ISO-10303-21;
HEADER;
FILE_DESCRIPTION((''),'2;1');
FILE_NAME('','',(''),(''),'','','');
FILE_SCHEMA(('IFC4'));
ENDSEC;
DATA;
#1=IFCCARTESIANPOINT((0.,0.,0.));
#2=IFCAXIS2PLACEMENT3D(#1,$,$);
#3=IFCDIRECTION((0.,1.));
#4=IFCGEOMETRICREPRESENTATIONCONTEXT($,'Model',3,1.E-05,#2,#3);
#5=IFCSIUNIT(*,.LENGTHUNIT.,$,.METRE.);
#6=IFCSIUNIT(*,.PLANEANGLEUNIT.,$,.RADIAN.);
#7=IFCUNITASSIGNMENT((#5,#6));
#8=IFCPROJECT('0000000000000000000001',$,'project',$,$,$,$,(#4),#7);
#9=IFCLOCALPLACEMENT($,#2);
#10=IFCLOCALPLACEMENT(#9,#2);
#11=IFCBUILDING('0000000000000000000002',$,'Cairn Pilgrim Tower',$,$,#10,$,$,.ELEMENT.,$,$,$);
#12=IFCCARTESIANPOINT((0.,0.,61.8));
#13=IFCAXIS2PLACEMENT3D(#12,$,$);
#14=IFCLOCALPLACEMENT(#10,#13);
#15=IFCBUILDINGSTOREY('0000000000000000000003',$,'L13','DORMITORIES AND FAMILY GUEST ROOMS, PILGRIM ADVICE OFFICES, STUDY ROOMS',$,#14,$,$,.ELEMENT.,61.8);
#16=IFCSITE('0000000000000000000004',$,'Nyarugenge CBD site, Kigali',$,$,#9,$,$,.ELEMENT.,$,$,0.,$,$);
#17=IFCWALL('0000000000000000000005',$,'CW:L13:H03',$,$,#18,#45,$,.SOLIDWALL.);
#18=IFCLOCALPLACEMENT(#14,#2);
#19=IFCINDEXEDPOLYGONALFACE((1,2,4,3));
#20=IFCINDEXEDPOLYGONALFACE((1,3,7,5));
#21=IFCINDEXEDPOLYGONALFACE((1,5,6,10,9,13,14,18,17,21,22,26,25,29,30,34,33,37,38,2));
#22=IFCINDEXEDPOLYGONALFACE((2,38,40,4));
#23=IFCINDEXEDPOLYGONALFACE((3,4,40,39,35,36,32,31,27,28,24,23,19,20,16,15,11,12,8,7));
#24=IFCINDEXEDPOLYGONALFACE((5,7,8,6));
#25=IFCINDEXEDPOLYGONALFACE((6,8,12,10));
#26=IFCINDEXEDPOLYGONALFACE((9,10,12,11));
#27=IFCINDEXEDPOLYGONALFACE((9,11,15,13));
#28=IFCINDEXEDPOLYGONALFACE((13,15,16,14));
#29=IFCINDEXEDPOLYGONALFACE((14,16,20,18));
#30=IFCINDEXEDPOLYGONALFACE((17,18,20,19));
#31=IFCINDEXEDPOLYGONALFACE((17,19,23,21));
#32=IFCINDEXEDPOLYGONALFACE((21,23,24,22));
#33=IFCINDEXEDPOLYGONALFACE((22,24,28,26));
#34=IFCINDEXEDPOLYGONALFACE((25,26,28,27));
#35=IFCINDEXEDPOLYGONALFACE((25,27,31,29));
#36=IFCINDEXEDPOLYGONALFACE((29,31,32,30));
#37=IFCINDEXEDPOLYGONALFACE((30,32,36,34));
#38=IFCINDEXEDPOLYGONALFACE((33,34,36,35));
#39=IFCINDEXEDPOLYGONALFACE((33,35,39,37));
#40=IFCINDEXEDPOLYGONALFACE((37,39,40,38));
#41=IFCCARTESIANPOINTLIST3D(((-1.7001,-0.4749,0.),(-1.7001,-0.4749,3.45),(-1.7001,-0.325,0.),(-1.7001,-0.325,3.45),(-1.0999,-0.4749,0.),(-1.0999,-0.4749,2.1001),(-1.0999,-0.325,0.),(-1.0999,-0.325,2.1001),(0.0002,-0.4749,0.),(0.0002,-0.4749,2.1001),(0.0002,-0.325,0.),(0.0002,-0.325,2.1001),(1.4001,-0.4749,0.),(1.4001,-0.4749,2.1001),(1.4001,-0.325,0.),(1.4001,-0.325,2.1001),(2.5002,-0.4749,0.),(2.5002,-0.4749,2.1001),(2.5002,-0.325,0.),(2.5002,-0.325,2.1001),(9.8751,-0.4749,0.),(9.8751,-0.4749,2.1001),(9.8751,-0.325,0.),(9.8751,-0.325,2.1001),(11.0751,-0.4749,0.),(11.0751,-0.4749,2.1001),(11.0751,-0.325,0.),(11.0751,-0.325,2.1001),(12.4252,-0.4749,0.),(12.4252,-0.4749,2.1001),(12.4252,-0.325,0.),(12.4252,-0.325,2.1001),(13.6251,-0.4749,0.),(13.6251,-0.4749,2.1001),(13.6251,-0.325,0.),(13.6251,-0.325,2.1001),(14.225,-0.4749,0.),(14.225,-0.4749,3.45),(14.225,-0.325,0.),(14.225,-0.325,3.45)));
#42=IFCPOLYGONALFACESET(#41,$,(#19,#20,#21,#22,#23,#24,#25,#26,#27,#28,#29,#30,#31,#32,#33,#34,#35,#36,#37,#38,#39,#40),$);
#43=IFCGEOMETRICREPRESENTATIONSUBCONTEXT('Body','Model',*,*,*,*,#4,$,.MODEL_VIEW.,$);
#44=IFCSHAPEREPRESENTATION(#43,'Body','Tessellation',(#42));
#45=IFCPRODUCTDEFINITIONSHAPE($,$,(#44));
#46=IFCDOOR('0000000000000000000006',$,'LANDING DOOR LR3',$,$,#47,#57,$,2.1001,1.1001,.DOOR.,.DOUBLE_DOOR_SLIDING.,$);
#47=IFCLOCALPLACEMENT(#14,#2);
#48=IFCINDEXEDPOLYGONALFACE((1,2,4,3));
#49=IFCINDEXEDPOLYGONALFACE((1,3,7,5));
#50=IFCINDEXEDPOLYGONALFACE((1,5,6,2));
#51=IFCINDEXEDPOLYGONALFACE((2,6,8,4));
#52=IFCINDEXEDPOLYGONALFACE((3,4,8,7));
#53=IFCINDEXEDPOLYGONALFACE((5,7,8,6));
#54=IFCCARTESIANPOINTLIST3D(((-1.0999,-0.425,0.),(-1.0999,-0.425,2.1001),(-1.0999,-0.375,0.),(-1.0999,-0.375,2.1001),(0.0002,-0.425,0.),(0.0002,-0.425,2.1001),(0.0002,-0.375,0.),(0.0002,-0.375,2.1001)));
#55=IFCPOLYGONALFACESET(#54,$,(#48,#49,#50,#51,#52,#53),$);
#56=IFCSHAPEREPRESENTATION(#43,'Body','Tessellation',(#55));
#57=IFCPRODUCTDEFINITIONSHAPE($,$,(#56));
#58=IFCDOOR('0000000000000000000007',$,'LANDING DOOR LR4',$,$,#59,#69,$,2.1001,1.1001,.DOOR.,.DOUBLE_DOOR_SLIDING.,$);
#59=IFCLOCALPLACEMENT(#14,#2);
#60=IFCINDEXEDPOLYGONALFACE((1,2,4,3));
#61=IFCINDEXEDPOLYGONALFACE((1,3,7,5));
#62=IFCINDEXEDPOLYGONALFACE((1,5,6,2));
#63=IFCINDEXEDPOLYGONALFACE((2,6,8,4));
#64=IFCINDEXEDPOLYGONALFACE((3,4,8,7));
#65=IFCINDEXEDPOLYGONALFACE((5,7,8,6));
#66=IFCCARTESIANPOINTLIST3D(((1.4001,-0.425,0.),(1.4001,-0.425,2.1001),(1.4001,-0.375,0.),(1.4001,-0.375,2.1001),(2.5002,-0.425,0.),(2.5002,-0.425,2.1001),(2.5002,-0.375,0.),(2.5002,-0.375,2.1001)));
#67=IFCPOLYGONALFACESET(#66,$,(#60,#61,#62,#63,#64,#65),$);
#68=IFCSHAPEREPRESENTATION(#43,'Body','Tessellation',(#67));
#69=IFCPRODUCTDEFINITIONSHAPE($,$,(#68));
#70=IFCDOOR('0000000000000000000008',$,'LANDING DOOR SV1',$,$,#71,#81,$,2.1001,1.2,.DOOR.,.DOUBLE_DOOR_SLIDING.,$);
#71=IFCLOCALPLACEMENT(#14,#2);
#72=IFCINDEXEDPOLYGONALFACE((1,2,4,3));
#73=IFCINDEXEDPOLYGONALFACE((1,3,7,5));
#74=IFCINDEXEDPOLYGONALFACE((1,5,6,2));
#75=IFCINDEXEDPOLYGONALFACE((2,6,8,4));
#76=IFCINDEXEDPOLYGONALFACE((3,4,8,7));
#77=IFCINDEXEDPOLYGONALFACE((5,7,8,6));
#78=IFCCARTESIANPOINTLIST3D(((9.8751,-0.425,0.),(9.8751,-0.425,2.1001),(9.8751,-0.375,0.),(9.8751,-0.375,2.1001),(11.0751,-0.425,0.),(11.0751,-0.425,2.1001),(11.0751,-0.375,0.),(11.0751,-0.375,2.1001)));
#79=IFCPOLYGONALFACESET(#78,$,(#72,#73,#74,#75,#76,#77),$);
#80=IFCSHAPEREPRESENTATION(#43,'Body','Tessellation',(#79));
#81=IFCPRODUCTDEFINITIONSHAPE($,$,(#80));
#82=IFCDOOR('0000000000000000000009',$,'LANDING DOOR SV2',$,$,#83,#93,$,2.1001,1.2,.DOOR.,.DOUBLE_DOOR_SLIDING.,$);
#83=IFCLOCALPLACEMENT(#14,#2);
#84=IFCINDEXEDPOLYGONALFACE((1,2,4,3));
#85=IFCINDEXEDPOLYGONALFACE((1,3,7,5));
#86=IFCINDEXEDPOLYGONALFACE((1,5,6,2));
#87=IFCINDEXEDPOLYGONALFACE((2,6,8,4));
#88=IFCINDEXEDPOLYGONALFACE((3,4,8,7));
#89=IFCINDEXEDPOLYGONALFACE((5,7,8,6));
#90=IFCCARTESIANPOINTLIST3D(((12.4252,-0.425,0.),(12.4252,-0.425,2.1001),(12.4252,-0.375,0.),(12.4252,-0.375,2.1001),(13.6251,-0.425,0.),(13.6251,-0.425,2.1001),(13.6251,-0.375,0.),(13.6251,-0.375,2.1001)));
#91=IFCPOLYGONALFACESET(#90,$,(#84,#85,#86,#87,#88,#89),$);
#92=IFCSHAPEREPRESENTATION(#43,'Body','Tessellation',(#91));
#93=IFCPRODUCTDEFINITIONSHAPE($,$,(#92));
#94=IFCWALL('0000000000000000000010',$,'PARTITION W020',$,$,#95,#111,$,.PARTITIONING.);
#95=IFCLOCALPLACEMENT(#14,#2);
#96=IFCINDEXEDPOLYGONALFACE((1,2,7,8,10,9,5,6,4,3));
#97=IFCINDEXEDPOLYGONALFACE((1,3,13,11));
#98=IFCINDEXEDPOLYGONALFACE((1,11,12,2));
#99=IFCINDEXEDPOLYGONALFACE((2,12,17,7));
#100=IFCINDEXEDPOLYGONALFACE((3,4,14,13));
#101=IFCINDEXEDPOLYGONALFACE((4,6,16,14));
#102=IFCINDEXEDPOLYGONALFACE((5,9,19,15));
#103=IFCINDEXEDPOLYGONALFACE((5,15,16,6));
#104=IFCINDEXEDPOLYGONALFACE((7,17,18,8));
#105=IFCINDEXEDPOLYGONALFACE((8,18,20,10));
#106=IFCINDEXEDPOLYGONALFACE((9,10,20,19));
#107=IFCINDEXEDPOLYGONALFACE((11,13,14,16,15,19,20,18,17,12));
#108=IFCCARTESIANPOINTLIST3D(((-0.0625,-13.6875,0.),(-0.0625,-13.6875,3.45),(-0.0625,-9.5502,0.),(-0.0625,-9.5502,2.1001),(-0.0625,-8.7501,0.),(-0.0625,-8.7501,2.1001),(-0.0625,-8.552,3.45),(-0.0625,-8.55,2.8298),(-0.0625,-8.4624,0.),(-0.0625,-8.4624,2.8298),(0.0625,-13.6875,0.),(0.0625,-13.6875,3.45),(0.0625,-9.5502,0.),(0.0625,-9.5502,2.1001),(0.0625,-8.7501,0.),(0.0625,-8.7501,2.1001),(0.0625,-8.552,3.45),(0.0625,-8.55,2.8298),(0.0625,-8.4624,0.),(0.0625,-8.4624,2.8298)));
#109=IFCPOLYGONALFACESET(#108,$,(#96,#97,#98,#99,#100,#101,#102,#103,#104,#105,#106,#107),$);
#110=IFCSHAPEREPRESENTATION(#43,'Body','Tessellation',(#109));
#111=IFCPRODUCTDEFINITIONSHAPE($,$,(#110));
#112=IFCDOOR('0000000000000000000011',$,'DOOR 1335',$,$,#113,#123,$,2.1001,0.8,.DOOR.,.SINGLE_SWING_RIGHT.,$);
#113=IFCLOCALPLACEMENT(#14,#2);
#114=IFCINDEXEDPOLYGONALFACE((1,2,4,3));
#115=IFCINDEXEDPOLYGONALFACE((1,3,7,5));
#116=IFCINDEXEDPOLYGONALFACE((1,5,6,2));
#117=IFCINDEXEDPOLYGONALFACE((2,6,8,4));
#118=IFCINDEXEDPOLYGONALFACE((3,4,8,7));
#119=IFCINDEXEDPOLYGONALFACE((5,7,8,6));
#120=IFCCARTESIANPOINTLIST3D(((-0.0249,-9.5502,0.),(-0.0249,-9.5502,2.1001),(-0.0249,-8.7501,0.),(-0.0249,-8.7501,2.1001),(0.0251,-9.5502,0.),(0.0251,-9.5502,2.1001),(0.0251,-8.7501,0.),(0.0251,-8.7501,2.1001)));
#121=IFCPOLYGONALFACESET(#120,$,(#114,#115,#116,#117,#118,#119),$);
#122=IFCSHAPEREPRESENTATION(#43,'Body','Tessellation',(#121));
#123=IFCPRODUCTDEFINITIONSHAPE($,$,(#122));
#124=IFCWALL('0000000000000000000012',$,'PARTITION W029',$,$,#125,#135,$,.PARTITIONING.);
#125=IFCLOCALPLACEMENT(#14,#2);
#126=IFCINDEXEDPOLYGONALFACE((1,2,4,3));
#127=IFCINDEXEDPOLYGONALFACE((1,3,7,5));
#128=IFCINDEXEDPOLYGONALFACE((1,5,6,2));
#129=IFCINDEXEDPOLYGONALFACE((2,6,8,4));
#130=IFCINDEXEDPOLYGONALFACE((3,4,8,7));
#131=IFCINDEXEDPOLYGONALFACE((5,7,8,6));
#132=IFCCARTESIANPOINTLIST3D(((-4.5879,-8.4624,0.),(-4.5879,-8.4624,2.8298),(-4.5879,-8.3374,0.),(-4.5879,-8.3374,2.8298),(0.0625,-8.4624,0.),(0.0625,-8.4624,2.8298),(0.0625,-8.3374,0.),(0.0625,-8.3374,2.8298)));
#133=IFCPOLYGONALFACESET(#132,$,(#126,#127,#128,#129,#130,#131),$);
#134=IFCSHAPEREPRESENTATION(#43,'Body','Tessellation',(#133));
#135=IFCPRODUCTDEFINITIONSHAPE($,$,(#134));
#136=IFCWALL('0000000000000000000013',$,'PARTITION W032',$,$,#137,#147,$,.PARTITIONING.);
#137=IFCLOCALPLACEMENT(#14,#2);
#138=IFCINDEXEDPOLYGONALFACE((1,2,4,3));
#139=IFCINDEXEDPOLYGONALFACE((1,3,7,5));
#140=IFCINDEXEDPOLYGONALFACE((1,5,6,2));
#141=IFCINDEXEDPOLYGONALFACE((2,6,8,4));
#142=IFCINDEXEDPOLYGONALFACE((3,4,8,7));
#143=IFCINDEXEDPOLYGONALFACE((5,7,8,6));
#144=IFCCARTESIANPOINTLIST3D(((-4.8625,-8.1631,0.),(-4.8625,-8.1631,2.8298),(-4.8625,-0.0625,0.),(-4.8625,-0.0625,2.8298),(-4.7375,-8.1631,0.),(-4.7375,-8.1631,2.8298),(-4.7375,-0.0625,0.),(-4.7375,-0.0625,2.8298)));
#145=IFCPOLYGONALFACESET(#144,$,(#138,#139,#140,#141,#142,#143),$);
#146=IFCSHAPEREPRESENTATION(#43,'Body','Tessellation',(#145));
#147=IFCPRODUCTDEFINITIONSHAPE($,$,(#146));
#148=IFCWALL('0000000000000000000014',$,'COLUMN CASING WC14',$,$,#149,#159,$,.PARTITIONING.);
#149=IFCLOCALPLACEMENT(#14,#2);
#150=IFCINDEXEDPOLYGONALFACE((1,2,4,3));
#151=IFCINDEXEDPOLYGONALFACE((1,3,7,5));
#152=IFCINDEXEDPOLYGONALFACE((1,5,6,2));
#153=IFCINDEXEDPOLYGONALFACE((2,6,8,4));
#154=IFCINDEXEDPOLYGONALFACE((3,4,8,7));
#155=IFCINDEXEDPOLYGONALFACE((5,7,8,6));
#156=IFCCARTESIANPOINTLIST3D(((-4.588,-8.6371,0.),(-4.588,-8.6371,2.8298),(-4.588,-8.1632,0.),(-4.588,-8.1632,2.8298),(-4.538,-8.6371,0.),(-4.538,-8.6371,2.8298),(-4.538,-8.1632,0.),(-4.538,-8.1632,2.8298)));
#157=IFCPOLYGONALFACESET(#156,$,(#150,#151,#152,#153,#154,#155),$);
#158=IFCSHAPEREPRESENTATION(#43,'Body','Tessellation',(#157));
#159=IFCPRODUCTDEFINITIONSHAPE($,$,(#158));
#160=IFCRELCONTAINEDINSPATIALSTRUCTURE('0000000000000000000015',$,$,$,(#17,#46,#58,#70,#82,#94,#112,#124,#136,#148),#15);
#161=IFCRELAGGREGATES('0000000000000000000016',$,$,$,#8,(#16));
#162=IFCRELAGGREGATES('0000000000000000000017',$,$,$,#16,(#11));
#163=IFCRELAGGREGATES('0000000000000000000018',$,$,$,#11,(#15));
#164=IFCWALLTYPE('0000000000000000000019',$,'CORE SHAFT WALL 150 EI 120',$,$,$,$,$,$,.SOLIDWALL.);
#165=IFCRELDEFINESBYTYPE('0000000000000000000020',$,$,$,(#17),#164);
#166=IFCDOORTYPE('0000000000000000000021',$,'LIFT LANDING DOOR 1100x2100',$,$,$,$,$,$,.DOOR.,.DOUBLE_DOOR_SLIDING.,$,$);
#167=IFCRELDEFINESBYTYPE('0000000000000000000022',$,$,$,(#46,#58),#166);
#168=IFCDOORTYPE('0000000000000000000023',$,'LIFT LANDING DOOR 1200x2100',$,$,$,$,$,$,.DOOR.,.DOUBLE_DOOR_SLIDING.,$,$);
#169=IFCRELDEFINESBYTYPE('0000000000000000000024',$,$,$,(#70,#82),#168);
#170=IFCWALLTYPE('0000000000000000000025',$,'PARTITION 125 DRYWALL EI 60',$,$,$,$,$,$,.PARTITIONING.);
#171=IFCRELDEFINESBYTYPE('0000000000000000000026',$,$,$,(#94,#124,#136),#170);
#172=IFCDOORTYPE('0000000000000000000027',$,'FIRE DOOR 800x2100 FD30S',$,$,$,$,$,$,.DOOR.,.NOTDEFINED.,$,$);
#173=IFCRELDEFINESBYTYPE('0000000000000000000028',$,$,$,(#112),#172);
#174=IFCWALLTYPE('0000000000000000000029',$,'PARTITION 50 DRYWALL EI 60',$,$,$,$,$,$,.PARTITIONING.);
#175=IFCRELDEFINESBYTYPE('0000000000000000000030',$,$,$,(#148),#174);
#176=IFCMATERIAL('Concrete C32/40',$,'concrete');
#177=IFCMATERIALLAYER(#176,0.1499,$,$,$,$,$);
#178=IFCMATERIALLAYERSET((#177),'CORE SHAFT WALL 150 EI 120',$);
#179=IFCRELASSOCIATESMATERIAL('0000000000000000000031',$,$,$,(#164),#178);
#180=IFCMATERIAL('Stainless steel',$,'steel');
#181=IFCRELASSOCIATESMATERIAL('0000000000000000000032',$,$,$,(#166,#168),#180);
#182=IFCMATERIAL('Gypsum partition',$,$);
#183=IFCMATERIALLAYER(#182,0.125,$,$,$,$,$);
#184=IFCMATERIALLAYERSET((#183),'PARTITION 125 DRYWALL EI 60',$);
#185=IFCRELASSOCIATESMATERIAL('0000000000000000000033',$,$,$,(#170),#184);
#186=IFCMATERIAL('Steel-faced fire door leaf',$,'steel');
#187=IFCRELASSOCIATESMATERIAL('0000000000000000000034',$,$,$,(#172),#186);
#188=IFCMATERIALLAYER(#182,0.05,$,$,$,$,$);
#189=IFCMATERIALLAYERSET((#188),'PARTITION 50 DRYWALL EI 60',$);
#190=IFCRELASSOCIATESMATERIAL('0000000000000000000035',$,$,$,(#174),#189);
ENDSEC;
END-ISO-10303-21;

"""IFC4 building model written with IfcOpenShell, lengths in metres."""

from ifc_helpers import new_model, si_unit, direction, frame, frame_2d, origin, place, context, subcontext, project, spatial, polyline, rectangle, outline, extrude, material, layer, layer_set, type_object, element, fill, save


model = new_model("IFC4")

# Units and contexts
model_context = context("Model", 3, precision=1e-05, world=origin(), true_north=direction((0.0, 1.0)))
body_context = subcontext(model_context, "Body", "Model", "MODEL_VIEW")
ifc_project = project(units=[si_unit("LENGTHUNIT", "METRE"), si_unit("PLANEANGLEUNIT", "RADIAN")], contexts=[model_context])

# Site, building, storey
site_placement = place(None, origin())
site = spatial("IfcSite", under=ifc_project, at=site_placement, Name="Nyarugenge CBD site, Kigali", CompositionType="ELEMENT", RefElevation=0.0)
building_placement = place(site_placement, origin())
building = spatial("IfcBuilding", under=site, at=building_placement, Name="Cairn Pilgrim Tower", CompositionType="ELEMENT")
storey_placement = place(building_placement, frame((0.0, 0.0, 61.8)))
storey = spatial("IfcBuildingStorey", under=building, at=storey_placement, Name="L13", Description="DORMITORIES AND FAMILY GUEST ROOMS, PILGRIM ADVICE OFFICES, STUDY ROOMS", CompositionType="ELEMENT", Elevation=61.8)

# Shared definitions
ifc_material_1 = material(Name="Concrete C32/40", Category="concrete")

# Wall, openings, doors
ifc_layer_1 = layer(ifc_material_1, 0.1499)
ifc_layer_set_1 = layer_set([ifc_layer_1], Name="CORE SHAFT WALL 150 EI 120")
wall_type_1 = type_object("IfcWallType", Name="CORE SHAFT WALL 150 EI 120", PredefinedType="SOLIDWALL", material=ifc_layer_set_1)
ifc_material_2 = material(Name="Stainless steel", Category="steel")
door_type_1 = type_object("IfcDoorType", Name="LIFT LANDING DOOR 1100x2100", OperationType="DOUBLE_DOOR_SLIDING", PredefinedType="DOOR", material=ifc_material_2)
wall_1_placement = place(storey_placement, frame((-1.7, -0.3999, 0.0), z_axis=(0.0, 0.0, 1.0), x_axis=(1.0, 0.0, 0.0)))
wall_1 = element("IfcWall", 1, at=wall_1_placement, inside=storey, type_object=wall_type_1, Name="CW:L13:H03", PredefinedType="SOLIDWALL", context=body_context, shape_type="SweptSolid", body=[
    extrude(rectangle(XDim=15.925, YDim=0.1499, at=frame_2d((7.9624, 0.0))), origin(), (0.0, 0.0, 1.0), 3.45),
])
opening_1_placement = place(wall_1_placement, frame((0.6001, 0.0, 0.0)))
opening_1 = element("IfcOpeningElement", 2, at=opening_1_placement, cuts=wall_1, PredefinedType="OPENING", context=body_context, shape_type="SweptSolid", body=[
    extrude(rectangle(XDim=1.1001, YDim=2.1001, at=frame_2d((0.55, 1.05))), frame((0.0, 0.085, 0.0), z_axis=(0.0, -1.0, 0.0), x_axis=(1.0, 0.0, 0.0)), (0.0, 0.0, 1.0), 0.1699),
])
opening_2_placement = place(wall_1_placement, frame((3.1001, 0.0, 0.0)))
opening_2 = element("IfcOpeningElement", 3, at=opening_2_placement, cuts=wall_1, PredefinedType="OPENING", context=body_context, shape_type="SweptSolid", body=[
    extrude(rectangle(XDim=1.1001, YDim=2.1001, at=frame_2d((0.55, 1.05))), frame((0.0, 0.085, 0.0), z_axis=(0.0, -1.0, 0.0), x_axis=(1.0, 0.0, 0.0)), (0.0, 0.0, 1.0), 0.1699),
])
opening_3_placement = place(wall_1_placement, frame((11.575, 0.0, 0.0)))
opening_3 = element("IfcOpeningElement", 4, at=opening_3_placement, cuts=wall_1, PredefinedType="OPENING", context=body_context, shape_type="SweptSolid", body=[
    extrude(rectangle(XDim=1.2, YDim=2.1001, at=frame_2d((0.6001, 1.05))), frame((0.0, 0.085, 0.0), z_axis=(0.0, -1.0, 0.0), x_axis=(1.0, 0.0, 0.0)), (0.0, 0.0, 1.0), 0.1699),
])
opening_4_placement = place(wall_1_placement, frame((14.125, 0.0, 0.0)))
opening_4 = element("IfcOpeningElement", 5, at=opening_4_placement, cuts=wall_1, PredefinedType="OPENING", context=body_context, shape_type="SweptSolid", body=[
    extrude(rectangle(XDim=1.2, YDim=2.1001, at=frame_2d((0.6001, 1.05))), frame((0.0, 0.085, 0.0), z_axis=(0.0, -1.0, 0.0), x_axis=(1.0, 0.0, 0.0)), (0.0, 0.0, 1.0), 0.1699),
])
door_1_placement = place(opening_1_placement, origin())
door_1 = element("IfcDoor", 6, at=door_1_placement, inside=storey, type_object=door_type_1, Name="LANDING DOOR LR3", OperationType="DOUBLE_DOOR_SLIDING", OverallHeight=2.1001, OverallWidth=1.1001, PredefinedType="DOOR", context=body_context, shape_type="SweptSolid", body=[
    extrude(rectangle(XDim=1.1001, YDim=2.1001, at=frame_2d((0.55, 1.05))), frame((0.0, 0.0249, 0.0), z_axis=(0.0, -1.0, 0.0), x_axis=(1.0, 0.0, 0.0)), (0.0, 0.0, 1.0), 0.05),
])
fill(opening_1, door_1)
door_2_placement = place(opening_2_placement, origin())
door_2 = element("IfcDoor", 7, at=door_2_placement, inside=storey, type_object=door_type_1, Name="LANDING DOOR LR4", OperationType="DOUBLE_DOOR_SLIDING", OverallHeight=2.1001, OverallWidth=1.1001, PredefinedType="DOOR", context=body_context, shape_type="SweptSolid", body=[
    extrude(rectangle(XDim=1.1001, YDim=2.1001, at=frame_2d((0.55, 1.05))), frame((0.0, 0.0249, 0.0), z_axis=(0.0, -1.0, 0.0), x_axis=(1.0, 0.0, 0.0)), (0.0, 0.0, 1.0), 0.05),
])
fill(opening_2, door_2)
door_type_2 = type_object("IfcDoorType", Name="LIFT LANDING DOOR 1200x2100", OperationType="DOUBLE_DOOR_SLIDING", PredefinedType="DOOR", material=ifc_material_2)
door_3_placement = place(opening_3_placement, origin())
door_3 = element("IfcDoor", 8, at=door_3_placement, inside=storey, type_object=door_type_2, Name="LANDING DOOR SV1", OperationType="DOUBLE_DOOR_SLIDING", OverallHeight=2.1001, OverallWidth=1.2, PredefinedType="DOOR", context=body_context, shape_type="SweptSolid", body=[
    extrude(rectangle(XDim=1.2, YDim=2.1001, at=frame_2d((0.6001, 1.05))), frame((0.0, 0.0249, 0.0), z_axis=(0.0, -1.0, 0.0), x_axis=(1.0, 0.0, 0.0)), (0.0, 0.0, 1.0), 0.05),
])
fill(opening_3, door_3)
door_4_placement = place(opening_4_placement, origin())
door_4 = element("IfcDoor", 9, at=door_4_placement, inside=storey, type_object=door_type_2, Name="LANDING DOOR SV2", OperationType="DOUBLE_DOOR_SLIDING", OverallHeight=2.1001, OverallWidth=1.2, PredefinedType="DOOR", context=body_context, shape_type="SweptSolid", body=[
    extrude(rectangle(XDim=1.2, YDim=2.1001, at=frame_2d((0.6001, 1.05))), frame((0.0, 0.0249, 0.0), z_axis=(0.0, -1.0, 0.0), x_axis=(1.0, 0.0, 0.0)), (0.0, 0.0, 1.0), 0.05),
])
fill(opening_4, door_4)

# Wall, opening, door
ifc_material_3 = material(Name="Gypsum partition")
ifc_layer_2 = layer(ifc_material_3, 0.125)
ifc_layer_set_2 = layer_set([ifc_layer_2], Name="PARTITION 125 DRYWALL EI 60")
wall_type_2 = type_object("IfcWallType", Name="PARTITION 125 DRYWALL EI 60", PredefinedType="PARTITIONING", material=ifc_layer_set_2)
wall_2_placement = place(storey_placement, frame((0.0, -13.6875, 0.0), z_axis=(0.0, 0.0, 1.0), x_axis=(0.0, 1.0, 0.0)))
wall_2 = element("IfcWall", 10, at=wall_2_placement, inside=storey, type_object=wall_type_2, Name="PARTITION W020", PredefinedType="PARTITIONING", context=body_context, shape_type="SweptSolid", body=[
    extrude(outline(polyline([(0.0, 0.0), (5.2251, 0.0), (5.2251, 2.8298), (5.1375, 2.8298), (5.1355, 3.45), (0.0, 3.45), (0.0, 0.0)])), frame((0.0, 0.0625, 0.0), z_axis=(0.0, -1.0, 0.0), x_axis=(1.0, 0.0, 0.0)), (0.0, 0.0, 1.0), 0.125),
])
opening_5_placement = place(wall_2_placement, frame((4.1375, 0.0, 0.0)))
opening_5 = element("IfcOpeningElement", 11, at=opening_5_placement, cuts=wall_2, PredefinedType="OPENING", context=body_context, shape_type="SweptSolid", body=[
    extrude(rectangle(XDim=0.8, YDim=2.1001, at=frame_2d((0.3999, 1.05))), frame((0.0, 0.0725, 0.0), z_axis=(0.0, -1.0, 0.0), x_axis=(1.0, 0.0, 0.0)), (0.0, 0.0, 1.0), 0.145),
])
ifc_material_4 = material(Name="Steel-faced fire door leaf", Category="steel")
door_type_3 = type_object("IfcDoorType", Name="FIRE DOOR 800x2100 FD30S", OperationType="NOTDEFINED", PredefinedType="DOOR", material=ifc_material_4)
door_5_placement = place(opening_5_placement, origin())
door_5 = element("IfcDoor", 12, at=door_5_placement, inside=storey, type_object=door_type_3, Name="DOOR 1335", OperationType="SINGLE_SWING_RIGHT", OverallHeight=2.1001, OverallWidth=0.8, PredefinedType="DOOR", context=body_context, shape_type="SweptSolid", body=[
    extrude(rectangle(XDim=0.8, YDim=2.1001, at=frame_2d((0.3999, 1.05))), frame((0.0, 0.0249, 0.0), z_axis=(0.0, -1.0, 0.0), x_axis=(1.0, 0.0, 0.0)), (0.0, 0.0, 1.0), 0.05),
])
fill(opening_5, door_5)

# Walls
wall_3_placement = place(storey_placement, frame((-4.5879, -8.3999, 0.0), z_axis=(0.0, 0.0, 1.0), x_axis=(1.0, 0.0, 0.0)))
element("IfcWall", 13, at=wall_3_placement, inside=storey, type_object=wall_type_2, Name="PARTITION W029", PredefinedType="PARTITIONING", context=body_context, shape_type="SweptSolid", body=[
    extrude(rectangle(XDim=4.6504, YDim=0.125, at=frame_2d((2.3252, 0.0))), origin(), (0.0, 0.0, 1.0), 2.8298),
])
wall_4_placement = place(storey_placement, frame((-4.8, -8.1631, 0.0), z_axis=(0.0, 0.0, 1.0), x_axis=(0.0, 1.0, 0.0)))
element("IfcWall", 14, at=wall_4_placement, inside=storey, type_object=wall_type_2, Name="PARTITION W032", PredefinedType="PARTITIONING", context=body_context, shape_type="SweptSolid", body=[
    extrude(rectangle(XDim=8.1006, YDim=0.125, at=frame_2d((4.0503, 0.0))), origin(), (0.0, 0.0, 1.0), 2.8298),
])
ifc_layer_3 = layer(ifc_material_3, 0.05)
ifc_layer_set_3 = layer_set([ifc_layer_3], Name="PARTITION 50 DRYWALL EI 60")
wall_type_3 = type_object("IfcWallType", Name="PARTITION 50 DRYWALL EI 60", PredefinedType="PARTITIONING", material=ifc_layer_set_3)
wall_5_placement = place(storey_placement, frame((-4.563, -8.637, 0.0), z_axis=(0.0, 0.0, 1.0), x_axis=(0.0, 1.0, 0.0)))
element("IfcWall", 15, at=wall_5_placement, inside=storey, type_object=wall_type_3, Name="COLUMN CASING WC14", PredefinedType="PARTITIONING", context=body_context, shape_type="SweptSolid", body=[
    extrude(rectangle(XDim=0.4739, YDim=0.05, at=frame_2d((0.2368, 0.0))), origin(), (0.0, 0.0, 1.0), 2.8298),
])

save(model, "model.ifc")
